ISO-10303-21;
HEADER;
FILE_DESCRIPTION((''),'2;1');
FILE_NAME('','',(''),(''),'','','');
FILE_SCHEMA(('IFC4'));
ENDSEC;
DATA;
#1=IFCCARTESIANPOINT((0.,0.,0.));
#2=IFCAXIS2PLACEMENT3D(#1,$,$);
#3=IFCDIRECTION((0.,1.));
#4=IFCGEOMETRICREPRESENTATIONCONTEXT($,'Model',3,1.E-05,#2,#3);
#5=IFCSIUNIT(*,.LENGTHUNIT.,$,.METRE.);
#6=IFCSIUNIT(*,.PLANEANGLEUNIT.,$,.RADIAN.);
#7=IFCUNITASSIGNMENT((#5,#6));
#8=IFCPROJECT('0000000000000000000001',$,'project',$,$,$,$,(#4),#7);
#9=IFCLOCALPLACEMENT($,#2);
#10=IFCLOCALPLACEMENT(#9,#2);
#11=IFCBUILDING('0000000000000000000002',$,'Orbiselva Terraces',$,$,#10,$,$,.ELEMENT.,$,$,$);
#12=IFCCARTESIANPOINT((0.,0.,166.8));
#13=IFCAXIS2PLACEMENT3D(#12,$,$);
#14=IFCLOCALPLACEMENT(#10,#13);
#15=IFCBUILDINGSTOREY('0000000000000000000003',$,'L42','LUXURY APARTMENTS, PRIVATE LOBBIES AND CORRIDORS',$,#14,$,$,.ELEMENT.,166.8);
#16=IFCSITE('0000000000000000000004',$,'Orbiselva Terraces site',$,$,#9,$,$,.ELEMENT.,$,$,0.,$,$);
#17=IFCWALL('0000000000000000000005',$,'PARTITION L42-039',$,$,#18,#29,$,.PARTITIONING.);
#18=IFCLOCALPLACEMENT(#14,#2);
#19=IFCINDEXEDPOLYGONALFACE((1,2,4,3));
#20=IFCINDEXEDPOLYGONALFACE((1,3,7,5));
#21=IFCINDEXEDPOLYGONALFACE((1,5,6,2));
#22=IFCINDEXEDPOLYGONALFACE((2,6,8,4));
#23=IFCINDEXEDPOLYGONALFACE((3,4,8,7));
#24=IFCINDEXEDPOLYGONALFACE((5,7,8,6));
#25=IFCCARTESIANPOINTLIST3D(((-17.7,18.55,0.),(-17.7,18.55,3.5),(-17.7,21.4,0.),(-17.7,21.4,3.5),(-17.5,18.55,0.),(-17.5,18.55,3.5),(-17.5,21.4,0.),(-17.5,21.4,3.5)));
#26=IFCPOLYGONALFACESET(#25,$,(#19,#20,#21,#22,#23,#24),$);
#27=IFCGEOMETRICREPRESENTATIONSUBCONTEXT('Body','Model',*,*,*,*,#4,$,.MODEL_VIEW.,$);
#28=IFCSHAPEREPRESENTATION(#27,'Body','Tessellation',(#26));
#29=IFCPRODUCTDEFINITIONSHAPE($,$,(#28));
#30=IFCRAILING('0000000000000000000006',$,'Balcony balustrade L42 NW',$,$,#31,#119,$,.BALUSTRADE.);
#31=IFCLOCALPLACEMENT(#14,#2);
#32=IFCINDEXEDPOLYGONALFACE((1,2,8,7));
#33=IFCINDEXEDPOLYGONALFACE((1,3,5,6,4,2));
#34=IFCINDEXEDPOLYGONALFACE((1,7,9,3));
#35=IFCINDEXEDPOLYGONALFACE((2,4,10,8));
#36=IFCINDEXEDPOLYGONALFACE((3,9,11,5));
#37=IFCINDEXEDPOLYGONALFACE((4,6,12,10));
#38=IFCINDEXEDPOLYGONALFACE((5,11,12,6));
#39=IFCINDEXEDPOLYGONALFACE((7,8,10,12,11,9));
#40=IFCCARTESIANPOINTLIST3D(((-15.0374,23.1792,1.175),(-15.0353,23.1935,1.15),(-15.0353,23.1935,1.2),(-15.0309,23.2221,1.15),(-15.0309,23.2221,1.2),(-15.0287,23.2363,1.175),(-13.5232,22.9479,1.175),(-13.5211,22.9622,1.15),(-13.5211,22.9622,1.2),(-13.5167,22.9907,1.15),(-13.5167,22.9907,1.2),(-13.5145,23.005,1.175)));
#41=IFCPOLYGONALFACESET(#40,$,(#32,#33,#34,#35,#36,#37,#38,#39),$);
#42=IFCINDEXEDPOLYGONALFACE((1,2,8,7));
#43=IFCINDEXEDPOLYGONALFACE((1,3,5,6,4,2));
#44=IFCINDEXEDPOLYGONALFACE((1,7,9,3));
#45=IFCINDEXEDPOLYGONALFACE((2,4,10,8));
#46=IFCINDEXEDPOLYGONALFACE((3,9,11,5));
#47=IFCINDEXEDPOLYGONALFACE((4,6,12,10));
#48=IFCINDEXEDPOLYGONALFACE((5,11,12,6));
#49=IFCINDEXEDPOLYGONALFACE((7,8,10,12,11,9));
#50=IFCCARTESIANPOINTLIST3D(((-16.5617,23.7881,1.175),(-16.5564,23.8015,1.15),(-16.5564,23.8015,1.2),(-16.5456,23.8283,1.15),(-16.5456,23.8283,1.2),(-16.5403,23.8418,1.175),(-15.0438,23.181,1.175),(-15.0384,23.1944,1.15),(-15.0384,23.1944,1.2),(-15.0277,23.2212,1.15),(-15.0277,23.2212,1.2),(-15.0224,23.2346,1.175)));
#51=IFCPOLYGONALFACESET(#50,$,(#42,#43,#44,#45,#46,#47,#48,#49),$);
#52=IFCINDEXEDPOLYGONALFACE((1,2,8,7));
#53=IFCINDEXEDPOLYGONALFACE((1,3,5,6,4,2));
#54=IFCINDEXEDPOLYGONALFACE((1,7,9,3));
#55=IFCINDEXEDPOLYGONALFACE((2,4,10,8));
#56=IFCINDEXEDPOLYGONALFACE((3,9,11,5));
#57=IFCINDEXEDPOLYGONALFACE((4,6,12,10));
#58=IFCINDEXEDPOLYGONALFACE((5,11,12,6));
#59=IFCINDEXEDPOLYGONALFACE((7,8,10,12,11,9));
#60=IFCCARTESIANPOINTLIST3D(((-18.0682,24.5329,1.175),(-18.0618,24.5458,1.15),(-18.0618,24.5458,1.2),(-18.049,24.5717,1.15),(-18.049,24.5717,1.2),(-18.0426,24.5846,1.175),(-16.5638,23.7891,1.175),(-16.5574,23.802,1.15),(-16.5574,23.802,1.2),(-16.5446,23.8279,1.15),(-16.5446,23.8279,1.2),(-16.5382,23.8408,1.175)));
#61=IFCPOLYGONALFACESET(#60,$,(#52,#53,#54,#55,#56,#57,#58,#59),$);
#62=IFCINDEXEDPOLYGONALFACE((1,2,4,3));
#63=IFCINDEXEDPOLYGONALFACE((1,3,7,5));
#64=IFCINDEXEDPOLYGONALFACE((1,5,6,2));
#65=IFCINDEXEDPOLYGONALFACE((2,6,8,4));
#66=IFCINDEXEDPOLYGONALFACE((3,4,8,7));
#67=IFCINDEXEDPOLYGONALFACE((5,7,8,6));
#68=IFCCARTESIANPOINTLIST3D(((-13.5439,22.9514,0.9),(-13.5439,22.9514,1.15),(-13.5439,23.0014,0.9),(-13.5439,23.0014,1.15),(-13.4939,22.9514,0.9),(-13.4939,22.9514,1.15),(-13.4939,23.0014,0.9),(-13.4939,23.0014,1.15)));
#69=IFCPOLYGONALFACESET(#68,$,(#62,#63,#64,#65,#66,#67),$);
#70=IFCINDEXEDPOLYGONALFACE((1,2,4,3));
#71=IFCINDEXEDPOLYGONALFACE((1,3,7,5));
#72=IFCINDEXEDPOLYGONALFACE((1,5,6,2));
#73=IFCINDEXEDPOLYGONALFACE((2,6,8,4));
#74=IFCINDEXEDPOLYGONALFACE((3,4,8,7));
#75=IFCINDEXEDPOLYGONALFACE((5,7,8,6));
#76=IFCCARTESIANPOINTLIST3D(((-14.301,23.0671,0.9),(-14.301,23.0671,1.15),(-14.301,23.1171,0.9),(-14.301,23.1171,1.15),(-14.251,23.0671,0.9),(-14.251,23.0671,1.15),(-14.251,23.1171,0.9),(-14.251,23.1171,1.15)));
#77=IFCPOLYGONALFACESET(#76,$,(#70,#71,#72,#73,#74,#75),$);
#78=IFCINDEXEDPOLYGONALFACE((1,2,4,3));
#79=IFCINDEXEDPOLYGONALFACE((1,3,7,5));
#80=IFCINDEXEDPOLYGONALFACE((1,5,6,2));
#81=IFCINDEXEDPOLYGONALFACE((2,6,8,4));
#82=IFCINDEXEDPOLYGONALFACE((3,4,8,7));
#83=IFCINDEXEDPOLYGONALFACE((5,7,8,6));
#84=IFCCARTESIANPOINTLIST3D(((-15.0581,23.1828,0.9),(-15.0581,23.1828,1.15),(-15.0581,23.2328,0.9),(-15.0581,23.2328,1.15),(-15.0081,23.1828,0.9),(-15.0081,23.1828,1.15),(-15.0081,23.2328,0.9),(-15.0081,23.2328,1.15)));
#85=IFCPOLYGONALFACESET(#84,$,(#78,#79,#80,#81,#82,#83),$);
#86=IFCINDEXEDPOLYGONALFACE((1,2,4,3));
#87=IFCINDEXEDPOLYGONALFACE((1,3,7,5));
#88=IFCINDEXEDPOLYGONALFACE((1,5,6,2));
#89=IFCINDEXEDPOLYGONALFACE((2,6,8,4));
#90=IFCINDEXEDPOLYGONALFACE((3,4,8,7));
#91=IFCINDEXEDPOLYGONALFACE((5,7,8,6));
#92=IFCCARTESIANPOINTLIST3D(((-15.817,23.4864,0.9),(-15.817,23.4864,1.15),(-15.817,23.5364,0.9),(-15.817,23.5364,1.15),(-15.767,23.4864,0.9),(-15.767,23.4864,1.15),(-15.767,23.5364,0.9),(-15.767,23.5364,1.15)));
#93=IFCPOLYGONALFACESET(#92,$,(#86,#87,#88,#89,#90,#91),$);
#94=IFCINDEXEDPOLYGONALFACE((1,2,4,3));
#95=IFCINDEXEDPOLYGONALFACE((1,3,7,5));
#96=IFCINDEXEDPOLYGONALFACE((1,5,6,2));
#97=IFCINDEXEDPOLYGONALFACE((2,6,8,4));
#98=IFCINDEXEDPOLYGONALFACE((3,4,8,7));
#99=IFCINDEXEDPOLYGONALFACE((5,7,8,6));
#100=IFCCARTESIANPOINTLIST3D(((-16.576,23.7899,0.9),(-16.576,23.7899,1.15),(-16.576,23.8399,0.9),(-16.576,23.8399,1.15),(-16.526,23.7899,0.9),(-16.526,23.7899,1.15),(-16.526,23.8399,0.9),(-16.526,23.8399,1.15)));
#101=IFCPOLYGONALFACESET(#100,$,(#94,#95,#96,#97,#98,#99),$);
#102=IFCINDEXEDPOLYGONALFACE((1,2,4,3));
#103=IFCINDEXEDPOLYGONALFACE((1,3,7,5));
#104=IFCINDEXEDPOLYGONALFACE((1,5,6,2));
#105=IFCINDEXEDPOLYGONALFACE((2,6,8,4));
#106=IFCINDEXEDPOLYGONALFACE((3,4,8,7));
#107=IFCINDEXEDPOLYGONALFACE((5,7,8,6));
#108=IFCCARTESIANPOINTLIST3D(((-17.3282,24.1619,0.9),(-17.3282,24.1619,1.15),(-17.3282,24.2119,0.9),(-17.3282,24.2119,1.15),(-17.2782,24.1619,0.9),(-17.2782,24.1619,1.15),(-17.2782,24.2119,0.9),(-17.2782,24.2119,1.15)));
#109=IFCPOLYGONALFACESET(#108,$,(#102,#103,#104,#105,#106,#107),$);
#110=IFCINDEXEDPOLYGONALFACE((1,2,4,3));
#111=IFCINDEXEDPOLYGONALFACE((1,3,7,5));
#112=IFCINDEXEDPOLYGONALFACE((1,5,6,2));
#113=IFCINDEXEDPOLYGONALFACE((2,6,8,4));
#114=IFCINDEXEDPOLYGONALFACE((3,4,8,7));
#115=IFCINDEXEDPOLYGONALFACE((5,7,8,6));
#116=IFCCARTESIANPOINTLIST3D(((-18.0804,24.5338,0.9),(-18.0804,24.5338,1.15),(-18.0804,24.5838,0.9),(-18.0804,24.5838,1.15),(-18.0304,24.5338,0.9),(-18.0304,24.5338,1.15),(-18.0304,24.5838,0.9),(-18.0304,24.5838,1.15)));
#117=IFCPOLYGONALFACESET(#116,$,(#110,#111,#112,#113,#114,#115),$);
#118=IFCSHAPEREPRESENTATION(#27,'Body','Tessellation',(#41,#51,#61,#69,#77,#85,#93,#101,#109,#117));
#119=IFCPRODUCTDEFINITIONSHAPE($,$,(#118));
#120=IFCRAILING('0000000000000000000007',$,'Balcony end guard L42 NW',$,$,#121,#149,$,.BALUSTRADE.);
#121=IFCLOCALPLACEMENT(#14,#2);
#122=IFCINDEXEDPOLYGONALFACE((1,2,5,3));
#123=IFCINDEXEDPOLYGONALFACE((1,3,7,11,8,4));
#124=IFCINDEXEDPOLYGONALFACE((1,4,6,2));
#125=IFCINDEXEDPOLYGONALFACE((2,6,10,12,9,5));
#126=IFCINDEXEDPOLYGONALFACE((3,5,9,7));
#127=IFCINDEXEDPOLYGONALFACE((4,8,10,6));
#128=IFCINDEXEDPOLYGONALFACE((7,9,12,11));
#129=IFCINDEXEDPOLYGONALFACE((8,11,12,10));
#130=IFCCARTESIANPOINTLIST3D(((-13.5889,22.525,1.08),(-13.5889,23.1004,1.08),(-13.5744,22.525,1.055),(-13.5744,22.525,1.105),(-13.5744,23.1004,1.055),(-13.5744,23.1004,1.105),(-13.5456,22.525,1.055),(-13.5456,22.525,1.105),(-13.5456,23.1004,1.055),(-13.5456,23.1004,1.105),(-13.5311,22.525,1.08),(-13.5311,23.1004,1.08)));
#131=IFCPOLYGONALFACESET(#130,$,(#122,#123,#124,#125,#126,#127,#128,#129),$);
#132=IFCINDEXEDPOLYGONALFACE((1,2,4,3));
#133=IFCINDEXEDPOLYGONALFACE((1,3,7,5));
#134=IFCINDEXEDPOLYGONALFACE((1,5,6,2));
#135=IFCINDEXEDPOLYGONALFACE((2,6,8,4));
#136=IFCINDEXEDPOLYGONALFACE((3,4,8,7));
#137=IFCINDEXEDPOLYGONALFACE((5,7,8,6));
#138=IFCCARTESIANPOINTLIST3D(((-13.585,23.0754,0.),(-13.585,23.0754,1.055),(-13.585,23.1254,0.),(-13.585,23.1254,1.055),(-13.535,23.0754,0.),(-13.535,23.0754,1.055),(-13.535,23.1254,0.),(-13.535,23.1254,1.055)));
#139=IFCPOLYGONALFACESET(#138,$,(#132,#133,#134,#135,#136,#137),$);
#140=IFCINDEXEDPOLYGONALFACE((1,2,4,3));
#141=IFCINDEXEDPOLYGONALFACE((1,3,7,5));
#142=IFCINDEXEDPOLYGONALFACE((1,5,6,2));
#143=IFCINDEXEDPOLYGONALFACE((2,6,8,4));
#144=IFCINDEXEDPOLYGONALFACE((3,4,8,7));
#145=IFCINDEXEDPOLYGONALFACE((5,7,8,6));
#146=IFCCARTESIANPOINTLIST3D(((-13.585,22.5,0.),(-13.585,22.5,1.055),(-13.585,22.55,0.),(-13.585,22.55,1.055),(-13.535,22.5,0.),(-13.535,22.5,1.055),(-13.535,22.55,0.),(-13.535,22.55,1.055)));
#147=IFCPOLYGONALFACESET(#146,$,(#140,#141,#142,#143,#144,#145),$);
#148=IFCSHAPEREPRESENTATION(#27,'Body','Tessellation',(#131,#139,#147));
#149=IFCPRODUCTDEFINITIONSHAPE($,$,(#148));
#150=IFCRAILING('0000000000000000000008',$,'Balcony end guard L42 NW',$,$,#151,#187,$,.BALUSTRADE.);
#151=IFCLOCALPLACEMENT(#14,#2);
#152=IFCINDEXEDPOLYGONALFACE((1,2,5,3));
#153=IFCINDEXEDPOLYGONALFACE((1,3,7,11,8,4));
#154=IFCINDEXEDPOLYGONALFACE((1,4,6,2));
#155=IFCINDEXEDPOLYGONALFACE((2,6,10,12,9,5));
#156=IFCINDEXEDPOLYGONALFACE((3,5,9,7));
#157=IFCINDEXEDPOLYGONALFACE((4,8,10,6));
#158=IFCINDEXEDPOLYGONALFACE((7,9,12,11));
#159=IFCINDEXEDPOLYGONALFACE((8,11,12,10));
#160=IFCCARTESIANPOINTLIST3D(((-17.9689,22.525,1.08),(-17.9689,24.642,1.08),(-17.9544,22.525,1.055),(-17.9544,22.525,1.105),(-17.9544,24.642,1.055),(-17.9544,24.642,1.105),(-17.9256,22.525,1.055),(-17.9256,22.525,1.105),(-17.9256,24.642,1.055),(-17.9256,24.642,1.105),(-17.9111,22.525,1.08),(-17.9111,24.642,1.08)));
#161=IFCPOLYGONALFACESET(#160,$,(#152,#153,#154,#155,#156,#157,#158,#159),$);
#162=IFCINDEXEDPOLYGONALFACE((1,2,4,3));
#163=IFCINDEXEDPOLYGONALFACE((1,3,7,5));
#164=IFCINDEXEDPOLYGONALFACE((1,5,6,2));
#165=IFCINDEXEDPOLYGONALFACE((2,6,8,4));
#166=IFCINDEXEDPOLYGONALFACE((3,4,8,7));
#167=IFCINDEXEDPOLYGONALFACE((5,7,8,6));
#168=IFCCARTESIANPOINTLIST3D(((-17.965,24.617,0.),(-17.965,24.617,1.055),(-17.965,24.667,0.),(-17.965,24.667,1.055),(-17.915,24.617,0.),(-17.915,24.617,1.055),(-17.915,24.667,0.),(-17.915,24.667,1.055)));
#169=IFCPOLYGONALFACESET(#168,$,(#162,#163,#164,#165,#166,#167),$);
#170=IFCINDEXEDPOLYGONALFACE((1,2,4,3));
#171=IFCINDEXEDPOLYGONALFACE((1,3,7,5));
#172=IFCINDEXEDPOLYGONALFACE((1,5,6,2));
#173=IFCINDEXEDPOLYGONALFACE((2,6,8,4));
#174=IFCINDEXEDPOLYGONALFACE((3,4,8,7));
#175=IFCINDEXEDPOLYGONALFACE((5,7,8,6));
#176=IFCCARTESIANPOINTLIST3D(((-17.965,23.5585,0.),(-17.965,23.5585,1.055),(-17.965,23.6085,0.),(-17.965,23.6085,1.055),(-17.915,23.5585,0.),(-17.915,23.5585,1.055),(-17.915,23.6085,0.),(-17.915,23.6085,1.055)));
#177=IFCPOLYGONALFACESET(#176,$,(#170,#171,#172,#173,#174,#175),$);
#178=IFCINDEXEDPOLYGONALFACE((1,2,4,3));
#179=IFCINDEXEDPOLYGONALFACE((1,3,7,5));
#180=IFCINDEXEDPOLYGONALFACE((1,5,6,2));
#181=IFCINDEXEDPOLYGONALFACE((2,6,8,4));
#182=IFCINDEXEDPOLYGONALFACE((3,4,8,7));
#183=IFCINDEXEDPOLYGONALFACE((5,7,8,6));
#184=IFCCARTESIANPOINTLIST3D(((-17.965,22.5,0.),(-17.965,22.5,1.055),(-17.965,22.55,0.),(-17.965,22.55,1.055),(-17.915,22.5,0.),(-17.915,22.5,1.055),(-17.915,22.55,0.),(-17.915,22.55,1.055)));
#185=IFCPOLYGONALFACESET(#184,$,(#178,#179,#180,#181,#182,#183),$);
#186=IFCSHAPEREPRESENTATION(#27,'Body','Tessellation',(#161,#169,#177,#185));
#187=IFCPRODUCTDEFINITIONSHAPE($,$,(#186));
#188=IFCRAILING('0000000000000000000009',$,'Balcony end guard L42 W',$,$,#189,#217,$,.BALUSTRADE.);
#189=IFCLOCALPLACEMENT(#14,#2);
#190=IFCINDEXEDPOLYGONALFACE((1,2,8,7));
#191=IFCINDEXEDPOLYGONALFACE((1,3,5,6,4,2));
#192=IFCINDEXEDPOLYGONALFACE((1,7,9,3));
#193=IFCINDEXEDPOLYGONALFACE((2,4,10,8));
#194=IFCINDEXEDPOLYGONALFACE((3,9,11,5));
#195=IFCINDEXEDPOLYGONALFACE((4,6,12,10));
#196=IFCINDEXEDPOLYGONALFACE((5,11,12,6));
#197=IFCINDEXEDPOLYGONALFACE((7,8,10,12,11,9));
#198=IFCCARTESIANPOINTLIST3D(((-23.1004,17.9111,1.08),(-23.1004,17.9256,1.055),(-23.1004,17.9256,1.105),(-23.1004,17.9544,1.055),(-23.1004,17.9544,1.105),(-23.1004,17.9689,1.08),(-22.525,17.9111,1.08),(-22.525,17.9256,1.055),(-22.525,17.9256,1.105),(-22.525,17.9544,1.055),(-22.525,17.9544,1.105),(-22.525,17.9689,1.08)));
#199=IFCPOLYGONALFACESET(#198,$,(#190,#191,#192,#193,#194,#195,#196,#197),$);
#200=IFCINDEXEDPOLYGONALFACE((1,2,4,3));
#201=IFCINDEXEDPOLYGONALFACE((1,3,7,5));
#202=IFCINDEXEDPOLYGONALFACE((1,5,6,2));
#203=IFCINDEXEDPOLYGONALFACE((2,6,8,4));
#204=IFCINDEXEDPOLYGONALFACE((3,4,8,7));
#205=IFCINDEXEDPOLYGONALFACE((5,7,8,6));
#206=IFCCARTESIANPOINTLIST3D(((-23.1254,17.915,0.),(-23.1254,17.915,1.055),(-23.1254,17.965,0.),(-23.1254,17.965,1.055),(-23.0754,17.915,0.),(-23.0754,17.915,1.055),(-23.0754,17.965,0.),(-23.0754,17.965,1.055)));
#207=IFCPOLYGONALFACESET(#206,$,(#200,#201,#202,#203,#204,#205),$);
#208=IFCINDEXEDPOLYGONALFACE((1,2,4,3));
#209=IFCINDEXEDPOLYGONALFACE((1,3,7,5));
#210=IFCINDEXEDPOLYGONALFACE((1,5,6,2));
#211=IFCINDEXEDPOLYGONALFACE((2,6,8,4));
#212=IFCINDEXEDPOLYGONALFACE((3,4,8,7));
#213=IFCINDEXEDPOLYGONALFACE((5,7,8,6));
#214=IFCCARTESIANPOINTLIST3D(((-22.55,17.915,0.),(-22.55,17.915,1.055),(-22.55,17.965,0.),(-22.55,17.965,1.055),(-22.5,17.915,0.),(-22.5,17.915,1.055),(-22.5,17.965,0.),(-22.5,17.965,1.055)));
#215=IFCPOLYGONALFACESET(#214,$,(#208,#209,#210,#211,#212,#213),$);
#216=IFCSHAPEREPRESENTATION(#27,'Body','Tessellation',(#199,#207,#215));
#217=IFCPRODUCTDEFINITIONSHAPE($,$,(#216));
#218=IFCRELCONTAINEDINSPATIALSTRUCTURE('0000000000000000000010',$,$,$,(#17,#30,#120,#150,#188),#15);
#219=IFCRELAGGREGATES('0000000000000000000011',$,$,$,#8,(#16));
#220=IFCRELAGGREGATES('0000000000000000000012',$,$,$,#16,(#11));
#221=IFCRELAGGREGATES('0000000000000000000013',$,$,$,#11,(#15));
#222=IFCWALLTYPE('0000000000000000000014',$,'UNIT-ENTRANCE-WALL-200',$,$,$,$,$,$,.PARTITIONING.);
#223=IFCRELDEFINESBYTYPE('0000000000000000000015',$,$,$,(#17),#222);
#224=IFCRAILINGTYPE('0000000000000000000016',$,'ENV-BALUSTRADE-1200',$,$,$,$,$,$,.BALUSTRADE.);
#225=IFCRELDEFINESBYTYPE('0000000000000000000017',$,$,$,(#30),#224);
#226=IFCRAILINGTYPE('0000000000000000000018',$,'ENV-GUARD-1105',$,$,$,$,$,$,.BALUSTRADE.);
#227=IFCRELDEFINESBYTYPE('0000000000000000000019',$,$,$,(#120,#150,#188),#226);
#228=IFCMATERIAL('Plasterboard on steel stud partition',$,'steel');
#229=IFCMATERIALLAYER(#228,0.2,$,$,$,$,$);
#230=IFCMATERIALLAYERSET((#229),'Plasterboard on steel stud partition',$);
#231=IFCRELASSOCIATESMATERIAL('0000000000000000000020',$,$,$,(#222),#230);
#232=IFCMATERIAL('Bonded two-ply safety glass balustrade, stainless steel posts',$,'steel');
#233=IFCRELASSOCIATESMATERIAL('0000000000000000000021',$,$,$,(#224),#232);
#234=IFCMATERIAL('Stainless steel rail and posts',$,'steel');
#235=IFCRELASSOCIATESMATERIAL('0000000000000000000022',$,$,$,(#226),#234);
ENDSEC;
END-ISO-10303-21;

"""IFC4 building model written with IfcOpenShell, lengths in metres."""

from ifc_helpers import new_model, si_unit, direction, frame, frame_2d, origin, origin_2d, place, context, subcontext, project, spatial, polyline, rectangle, outline, extrude, material, layer, layer_set, type_object, element, save


model = new_model("IFC4")

# Units and contexts
model_context = context("Model", 3, precision=1e-05, world=origin(), true_north=direction((0.0, 1.0)))
body_context = subcontext(model_context, "Body", "Model", "MODEL_VIEW")
ifc_project = project(units=[si_unit("LENGTHUNIT", "METRE"), si_unit("PLANEANGLEUNIT", "RADIAN")], contexts=[model_context])

# Site, building, storey
site_placement = place(None, origin())
site = spatial("IfcSite", under=ifc_project, at=site_placement, Name="Orbiselva Terraces site", CompositionType="ELEMENT", RefElevation=0.0)
building_placement = place(site_placement, origin())
building = spatial("IfcBuilding", under=site, at=building_placement, Name="Orbiselva Terraces", CompositionType="ELEMENT")
storey_placement = place(building_placement, frame((0.0, 0.0, 166.8)))
storey = spatial("IfcBuildingStorey", under=building, at=storey_placement, Name="L42", Description="LUXURY APARTMENTS, PRIVATE LOBBIES AND CORRIDORS", CompositionType="ELEMENT", Elevation=166.8)

# Wall
ifc_material_1 = material(Name="Plasterboard on steel stud partition", Category="steel")
ifc_layer_1 = layer(ifc_material_1, 0.2)
ifc_layer_set_1 = layer_set([ifc_layer_1], Name="Plasterboard on steel stud partition")
wall_type_1 = type_object("IfcWallType", Name="UNIT-ENTRANCE-WALL-200", PredefinedType="PARTITIONING", material=ifc_layer_set_1)
wall_1_placement = place(storey_placement, frame((-17.6, 18.55, 0.0), z_axis=(0.0, 0.0, 1.0), x_axis=(0.0, 1.0, 0.0)))
element("IfcWall", 1, at=wall_1_placement, inside=storey, type_object=wall_type_1, Name="PARTITION L42-039", PredefinedType="PARTITIONING", context=body_context, shape_type="SweptSolid", body=[
    extrude(rectangle(XDim=2.85, YDim=0.2, at=frame_2d((1.425, 0.0))), origin(), (0.0, 0.0, 1.0), 3.5),
])

# Railings
ifc_material_2 = material(Name="Bonded two-ply safety glass balustrade, stainless steel posts", Category="steel")
railing_type_1 = type_object("IfcRailingType", Name="ENV-BALUSTRADE-1200", PredefinedType="BALUSTRADE", material=ifc_material_2)
railing_1_placement = place(storey_placement, frame((-13.5189, 22.9764, 0.9)))
element("IfcRailing", 2, at=railing_1_placement, inside=storey, type_object=railing_type_1, Name="Balcony balustrade L42 NW", PredefinedType="BALUSTRADE", context=body_context, shape_type="SweptSolid", body=[
    extrude(outline(polyline([(0.0289, 0.0), (0.0144, 0.025), (-0.0144, 0.025), (-0.0289, 0.0), (-0.0144, -0.025), (0.0144, -0.025), (0.0289, 0.0)])), frame((0.0, 0.0, 0.275), z_axis=(-0.988529, 0.151034, 0.0), x_axis=(-0.151034, -0.988529, 0.0)), (0.0, 0.0, 1.0), 1.5318),
    extrude(outline(polyline([(0.0289, 0.0), (0.0144, 0.025), (-0.0144, 0.025), (-0.0289, 0.0), (-0.0144, -0.025), (0.0144, -0.025), (0.0289, 0.0)])), frame((-1.5142, 0.2314, 0.275), z_axis=(-0.928477, 0.37139, 0.0), x_axis=(-0.37139, -0.928477, 0.0)), (0.0, 0.0, 1.0), 1.6348),
    extrude(outline(polyline([(0.0289, 0.0), (0.0144, 0.025), (-0.0144, 0.025), (-0.0289, 0.0), (-0.0144, -0.025), (0.0144, -0.025), (0.0289, 0.0)])), frame((-3.0321, 0.8385, 0.275), z_axis=(-0.896417, 0.443213, 0.0), x_axis=(-0.443213, -0.896417, 0.0)), (0.0, 0.0, 1.0), 1.6782),
    extrude(rectangle(XDim=0.05, YDim=0.05, at=origin_2d()), origin(), (0.0, 0.0, 1.0), 0.25),
    extrude(rectangle(XDim=0.05, YDim=0.05, at=origin_2d()), frame((-0.7571, 0.1157, 0.0)), (0.0, 0.0, 1.0), 0.25),
    extrude(rectangle(XDim=0.05, YDim=0.05, at=origin_2d()), frame((-1.5142, 0.2314, 0.0)), (0.0, 0.0, 1.0), 0.25),
    extrude(rectangle(XDim=0.05, YDim=0.05, at=origin_2d()), frame((-2.2732, 0.5349, 0.0)), (0.0, 0.0, 1.0), 0.25),
    extrude(rectangle(XDim=0.05, YDim=0.05, at=origin_2d()), frame((-3.0321, 0.8385, 0.0)), (0.0, 0.0, 1.0), 0.25),
    extrude(rectangle(XDim=0.05, YDim=0.05, at=origin_2d()), frame((-3.7843, 1.2104, 0.0)), (0.0, 0.0, 1.0), 0.25),
    extrude(rectangle(XDim=0.05, YDim=0.05, at=origin_2d()), frame((-4.5365, 1.5823, 0.0)), (0.0, 0.0, 1.0), 0.25),
])
ifc_material_3 = material(Name="Stainless steel rail and posts", Category="steel")
railing_type_2 = type_object("IfcRailingType", Name="ENV-GUARD-1105", PredefinedType="BALUSTRADE", material=ifc_material_3)
railing_2_placement = place(storey_placement, frame((-13.56, 23.1004, 0.0)))
element("IfcRailing", 3, at=railing_2_placement, inside=storey, type_object=railing_type_2, Name="Balcony end guard L42 NW", PredefinedType="BALUSTRADE", context=body_context, shape_type="SweptSolid", body=[
    extrude(outline(polyline([(0.0289, 0.0), (0.0144, 0.025), (-0.0144, 0.025), (-0.0289, 0.0), (-0.0144, -0.025), (0.0144, -0.025), (0.0289, 0.0)])), frame((0.0, 0.0, 1.08), z_axis=(0.0, -1.0, 0.0), x_axis=(1.0, 0.0, 0.0)), (0.0, 0.0, 1.0), 0.5754),
    extrude(rectangle(XDim=0.05, YDim=0.05, at=origin_2d()), origin(), (0.0, 0.0, 1.0), 1.055),
    extrude(rectangle(XDim=0.05, YDim=0.05, at=origin_2d()), frame((0.0, -0.5754, 0.0)), (0.0, 0.0, 1.0), 1.055),
])
railing_3_placement = place(storey_placement, frame((-17.94, 24.642, 0.0)))
element("IfcRailing", 4, at=railing_3_placement, inside=storey, type_object=railing_type_2, Name="Balcony end guard L42 NW", PredefinedType="BALUSTRADE", context=body_context, shape_type="SweptSolid", body=[
    extrude(outline(polyline([(0.0289, 0.0), (0.0144, 0.025), (-0.0144, 0.025), (-0.0289, 0.0), (-0.0144, -0.025), (0.0144, -0.025), (0.0289, 0.0)])), frame((0.0, 0.0, 1.08), z_axis=(0.0, -1.0, 0.0), x_axis=(1.0, 0.0, 0.0)), (0.0, 0.0, 1.0), 2.117),
    extrude(rectangle(XDim=0.05, YDim=0.05, at=origin_2d()), origin(), (0.0, 0.0, 1.0), 1.055),
    extrude(rectangle(XDim=0.05, YDim=0.05, at=origin_2d()), frame((0.0, -1.0585, 0.0)), (0.0, 0.0, 1.0), 1.055),
    extrude(rectangle(XDim=0.05, YDim=0.05, at=origin_2d()), frame((0.0, -2.117, 0.0)), (0.0, 0.0, 1.0), 1.055),
])
railing_4_placement = place(storey_placement, frame((-23.1004, 17.94, 0.0)))
element("IfcRailing", 5, at=railing_4_placement, inside=storey, type_object=railing_type_2, Name="Balcony end guard L42 W", PredefinedType="BALUSTRADE", context=body_context, shape_type="SweptSolid", body=[
    extrude(outline(polyline([(0.0289, 0.0), (0.0144, 0.025), (-0.0144, 0.025), (-0.0289, 0.0), (-0.0144, -0.025), (0.0144, -0.025), (0.0289, 0.0)])), frame((0.0, 0.0, 1.08), z_axis=(1.0, 0.0, 0.0), x_axis=(0.0, 1.0, 0.0)), (0.0, 0.0, 1.0), 0.5754),
    extrude(rectangle(XDim=0.05, YDim=0.05, at=origin_2d()), origin(), (0.0, 0.0, 1.0), 1.055),
    extrude(rectangle(XDim=0.05, YDim=0.05, at=origin_2d()), frame((0.5754, 0.0, 0.0)), (0.0, 0.0, 1.0), 1.055),
])

save(model, "model.ifc")
